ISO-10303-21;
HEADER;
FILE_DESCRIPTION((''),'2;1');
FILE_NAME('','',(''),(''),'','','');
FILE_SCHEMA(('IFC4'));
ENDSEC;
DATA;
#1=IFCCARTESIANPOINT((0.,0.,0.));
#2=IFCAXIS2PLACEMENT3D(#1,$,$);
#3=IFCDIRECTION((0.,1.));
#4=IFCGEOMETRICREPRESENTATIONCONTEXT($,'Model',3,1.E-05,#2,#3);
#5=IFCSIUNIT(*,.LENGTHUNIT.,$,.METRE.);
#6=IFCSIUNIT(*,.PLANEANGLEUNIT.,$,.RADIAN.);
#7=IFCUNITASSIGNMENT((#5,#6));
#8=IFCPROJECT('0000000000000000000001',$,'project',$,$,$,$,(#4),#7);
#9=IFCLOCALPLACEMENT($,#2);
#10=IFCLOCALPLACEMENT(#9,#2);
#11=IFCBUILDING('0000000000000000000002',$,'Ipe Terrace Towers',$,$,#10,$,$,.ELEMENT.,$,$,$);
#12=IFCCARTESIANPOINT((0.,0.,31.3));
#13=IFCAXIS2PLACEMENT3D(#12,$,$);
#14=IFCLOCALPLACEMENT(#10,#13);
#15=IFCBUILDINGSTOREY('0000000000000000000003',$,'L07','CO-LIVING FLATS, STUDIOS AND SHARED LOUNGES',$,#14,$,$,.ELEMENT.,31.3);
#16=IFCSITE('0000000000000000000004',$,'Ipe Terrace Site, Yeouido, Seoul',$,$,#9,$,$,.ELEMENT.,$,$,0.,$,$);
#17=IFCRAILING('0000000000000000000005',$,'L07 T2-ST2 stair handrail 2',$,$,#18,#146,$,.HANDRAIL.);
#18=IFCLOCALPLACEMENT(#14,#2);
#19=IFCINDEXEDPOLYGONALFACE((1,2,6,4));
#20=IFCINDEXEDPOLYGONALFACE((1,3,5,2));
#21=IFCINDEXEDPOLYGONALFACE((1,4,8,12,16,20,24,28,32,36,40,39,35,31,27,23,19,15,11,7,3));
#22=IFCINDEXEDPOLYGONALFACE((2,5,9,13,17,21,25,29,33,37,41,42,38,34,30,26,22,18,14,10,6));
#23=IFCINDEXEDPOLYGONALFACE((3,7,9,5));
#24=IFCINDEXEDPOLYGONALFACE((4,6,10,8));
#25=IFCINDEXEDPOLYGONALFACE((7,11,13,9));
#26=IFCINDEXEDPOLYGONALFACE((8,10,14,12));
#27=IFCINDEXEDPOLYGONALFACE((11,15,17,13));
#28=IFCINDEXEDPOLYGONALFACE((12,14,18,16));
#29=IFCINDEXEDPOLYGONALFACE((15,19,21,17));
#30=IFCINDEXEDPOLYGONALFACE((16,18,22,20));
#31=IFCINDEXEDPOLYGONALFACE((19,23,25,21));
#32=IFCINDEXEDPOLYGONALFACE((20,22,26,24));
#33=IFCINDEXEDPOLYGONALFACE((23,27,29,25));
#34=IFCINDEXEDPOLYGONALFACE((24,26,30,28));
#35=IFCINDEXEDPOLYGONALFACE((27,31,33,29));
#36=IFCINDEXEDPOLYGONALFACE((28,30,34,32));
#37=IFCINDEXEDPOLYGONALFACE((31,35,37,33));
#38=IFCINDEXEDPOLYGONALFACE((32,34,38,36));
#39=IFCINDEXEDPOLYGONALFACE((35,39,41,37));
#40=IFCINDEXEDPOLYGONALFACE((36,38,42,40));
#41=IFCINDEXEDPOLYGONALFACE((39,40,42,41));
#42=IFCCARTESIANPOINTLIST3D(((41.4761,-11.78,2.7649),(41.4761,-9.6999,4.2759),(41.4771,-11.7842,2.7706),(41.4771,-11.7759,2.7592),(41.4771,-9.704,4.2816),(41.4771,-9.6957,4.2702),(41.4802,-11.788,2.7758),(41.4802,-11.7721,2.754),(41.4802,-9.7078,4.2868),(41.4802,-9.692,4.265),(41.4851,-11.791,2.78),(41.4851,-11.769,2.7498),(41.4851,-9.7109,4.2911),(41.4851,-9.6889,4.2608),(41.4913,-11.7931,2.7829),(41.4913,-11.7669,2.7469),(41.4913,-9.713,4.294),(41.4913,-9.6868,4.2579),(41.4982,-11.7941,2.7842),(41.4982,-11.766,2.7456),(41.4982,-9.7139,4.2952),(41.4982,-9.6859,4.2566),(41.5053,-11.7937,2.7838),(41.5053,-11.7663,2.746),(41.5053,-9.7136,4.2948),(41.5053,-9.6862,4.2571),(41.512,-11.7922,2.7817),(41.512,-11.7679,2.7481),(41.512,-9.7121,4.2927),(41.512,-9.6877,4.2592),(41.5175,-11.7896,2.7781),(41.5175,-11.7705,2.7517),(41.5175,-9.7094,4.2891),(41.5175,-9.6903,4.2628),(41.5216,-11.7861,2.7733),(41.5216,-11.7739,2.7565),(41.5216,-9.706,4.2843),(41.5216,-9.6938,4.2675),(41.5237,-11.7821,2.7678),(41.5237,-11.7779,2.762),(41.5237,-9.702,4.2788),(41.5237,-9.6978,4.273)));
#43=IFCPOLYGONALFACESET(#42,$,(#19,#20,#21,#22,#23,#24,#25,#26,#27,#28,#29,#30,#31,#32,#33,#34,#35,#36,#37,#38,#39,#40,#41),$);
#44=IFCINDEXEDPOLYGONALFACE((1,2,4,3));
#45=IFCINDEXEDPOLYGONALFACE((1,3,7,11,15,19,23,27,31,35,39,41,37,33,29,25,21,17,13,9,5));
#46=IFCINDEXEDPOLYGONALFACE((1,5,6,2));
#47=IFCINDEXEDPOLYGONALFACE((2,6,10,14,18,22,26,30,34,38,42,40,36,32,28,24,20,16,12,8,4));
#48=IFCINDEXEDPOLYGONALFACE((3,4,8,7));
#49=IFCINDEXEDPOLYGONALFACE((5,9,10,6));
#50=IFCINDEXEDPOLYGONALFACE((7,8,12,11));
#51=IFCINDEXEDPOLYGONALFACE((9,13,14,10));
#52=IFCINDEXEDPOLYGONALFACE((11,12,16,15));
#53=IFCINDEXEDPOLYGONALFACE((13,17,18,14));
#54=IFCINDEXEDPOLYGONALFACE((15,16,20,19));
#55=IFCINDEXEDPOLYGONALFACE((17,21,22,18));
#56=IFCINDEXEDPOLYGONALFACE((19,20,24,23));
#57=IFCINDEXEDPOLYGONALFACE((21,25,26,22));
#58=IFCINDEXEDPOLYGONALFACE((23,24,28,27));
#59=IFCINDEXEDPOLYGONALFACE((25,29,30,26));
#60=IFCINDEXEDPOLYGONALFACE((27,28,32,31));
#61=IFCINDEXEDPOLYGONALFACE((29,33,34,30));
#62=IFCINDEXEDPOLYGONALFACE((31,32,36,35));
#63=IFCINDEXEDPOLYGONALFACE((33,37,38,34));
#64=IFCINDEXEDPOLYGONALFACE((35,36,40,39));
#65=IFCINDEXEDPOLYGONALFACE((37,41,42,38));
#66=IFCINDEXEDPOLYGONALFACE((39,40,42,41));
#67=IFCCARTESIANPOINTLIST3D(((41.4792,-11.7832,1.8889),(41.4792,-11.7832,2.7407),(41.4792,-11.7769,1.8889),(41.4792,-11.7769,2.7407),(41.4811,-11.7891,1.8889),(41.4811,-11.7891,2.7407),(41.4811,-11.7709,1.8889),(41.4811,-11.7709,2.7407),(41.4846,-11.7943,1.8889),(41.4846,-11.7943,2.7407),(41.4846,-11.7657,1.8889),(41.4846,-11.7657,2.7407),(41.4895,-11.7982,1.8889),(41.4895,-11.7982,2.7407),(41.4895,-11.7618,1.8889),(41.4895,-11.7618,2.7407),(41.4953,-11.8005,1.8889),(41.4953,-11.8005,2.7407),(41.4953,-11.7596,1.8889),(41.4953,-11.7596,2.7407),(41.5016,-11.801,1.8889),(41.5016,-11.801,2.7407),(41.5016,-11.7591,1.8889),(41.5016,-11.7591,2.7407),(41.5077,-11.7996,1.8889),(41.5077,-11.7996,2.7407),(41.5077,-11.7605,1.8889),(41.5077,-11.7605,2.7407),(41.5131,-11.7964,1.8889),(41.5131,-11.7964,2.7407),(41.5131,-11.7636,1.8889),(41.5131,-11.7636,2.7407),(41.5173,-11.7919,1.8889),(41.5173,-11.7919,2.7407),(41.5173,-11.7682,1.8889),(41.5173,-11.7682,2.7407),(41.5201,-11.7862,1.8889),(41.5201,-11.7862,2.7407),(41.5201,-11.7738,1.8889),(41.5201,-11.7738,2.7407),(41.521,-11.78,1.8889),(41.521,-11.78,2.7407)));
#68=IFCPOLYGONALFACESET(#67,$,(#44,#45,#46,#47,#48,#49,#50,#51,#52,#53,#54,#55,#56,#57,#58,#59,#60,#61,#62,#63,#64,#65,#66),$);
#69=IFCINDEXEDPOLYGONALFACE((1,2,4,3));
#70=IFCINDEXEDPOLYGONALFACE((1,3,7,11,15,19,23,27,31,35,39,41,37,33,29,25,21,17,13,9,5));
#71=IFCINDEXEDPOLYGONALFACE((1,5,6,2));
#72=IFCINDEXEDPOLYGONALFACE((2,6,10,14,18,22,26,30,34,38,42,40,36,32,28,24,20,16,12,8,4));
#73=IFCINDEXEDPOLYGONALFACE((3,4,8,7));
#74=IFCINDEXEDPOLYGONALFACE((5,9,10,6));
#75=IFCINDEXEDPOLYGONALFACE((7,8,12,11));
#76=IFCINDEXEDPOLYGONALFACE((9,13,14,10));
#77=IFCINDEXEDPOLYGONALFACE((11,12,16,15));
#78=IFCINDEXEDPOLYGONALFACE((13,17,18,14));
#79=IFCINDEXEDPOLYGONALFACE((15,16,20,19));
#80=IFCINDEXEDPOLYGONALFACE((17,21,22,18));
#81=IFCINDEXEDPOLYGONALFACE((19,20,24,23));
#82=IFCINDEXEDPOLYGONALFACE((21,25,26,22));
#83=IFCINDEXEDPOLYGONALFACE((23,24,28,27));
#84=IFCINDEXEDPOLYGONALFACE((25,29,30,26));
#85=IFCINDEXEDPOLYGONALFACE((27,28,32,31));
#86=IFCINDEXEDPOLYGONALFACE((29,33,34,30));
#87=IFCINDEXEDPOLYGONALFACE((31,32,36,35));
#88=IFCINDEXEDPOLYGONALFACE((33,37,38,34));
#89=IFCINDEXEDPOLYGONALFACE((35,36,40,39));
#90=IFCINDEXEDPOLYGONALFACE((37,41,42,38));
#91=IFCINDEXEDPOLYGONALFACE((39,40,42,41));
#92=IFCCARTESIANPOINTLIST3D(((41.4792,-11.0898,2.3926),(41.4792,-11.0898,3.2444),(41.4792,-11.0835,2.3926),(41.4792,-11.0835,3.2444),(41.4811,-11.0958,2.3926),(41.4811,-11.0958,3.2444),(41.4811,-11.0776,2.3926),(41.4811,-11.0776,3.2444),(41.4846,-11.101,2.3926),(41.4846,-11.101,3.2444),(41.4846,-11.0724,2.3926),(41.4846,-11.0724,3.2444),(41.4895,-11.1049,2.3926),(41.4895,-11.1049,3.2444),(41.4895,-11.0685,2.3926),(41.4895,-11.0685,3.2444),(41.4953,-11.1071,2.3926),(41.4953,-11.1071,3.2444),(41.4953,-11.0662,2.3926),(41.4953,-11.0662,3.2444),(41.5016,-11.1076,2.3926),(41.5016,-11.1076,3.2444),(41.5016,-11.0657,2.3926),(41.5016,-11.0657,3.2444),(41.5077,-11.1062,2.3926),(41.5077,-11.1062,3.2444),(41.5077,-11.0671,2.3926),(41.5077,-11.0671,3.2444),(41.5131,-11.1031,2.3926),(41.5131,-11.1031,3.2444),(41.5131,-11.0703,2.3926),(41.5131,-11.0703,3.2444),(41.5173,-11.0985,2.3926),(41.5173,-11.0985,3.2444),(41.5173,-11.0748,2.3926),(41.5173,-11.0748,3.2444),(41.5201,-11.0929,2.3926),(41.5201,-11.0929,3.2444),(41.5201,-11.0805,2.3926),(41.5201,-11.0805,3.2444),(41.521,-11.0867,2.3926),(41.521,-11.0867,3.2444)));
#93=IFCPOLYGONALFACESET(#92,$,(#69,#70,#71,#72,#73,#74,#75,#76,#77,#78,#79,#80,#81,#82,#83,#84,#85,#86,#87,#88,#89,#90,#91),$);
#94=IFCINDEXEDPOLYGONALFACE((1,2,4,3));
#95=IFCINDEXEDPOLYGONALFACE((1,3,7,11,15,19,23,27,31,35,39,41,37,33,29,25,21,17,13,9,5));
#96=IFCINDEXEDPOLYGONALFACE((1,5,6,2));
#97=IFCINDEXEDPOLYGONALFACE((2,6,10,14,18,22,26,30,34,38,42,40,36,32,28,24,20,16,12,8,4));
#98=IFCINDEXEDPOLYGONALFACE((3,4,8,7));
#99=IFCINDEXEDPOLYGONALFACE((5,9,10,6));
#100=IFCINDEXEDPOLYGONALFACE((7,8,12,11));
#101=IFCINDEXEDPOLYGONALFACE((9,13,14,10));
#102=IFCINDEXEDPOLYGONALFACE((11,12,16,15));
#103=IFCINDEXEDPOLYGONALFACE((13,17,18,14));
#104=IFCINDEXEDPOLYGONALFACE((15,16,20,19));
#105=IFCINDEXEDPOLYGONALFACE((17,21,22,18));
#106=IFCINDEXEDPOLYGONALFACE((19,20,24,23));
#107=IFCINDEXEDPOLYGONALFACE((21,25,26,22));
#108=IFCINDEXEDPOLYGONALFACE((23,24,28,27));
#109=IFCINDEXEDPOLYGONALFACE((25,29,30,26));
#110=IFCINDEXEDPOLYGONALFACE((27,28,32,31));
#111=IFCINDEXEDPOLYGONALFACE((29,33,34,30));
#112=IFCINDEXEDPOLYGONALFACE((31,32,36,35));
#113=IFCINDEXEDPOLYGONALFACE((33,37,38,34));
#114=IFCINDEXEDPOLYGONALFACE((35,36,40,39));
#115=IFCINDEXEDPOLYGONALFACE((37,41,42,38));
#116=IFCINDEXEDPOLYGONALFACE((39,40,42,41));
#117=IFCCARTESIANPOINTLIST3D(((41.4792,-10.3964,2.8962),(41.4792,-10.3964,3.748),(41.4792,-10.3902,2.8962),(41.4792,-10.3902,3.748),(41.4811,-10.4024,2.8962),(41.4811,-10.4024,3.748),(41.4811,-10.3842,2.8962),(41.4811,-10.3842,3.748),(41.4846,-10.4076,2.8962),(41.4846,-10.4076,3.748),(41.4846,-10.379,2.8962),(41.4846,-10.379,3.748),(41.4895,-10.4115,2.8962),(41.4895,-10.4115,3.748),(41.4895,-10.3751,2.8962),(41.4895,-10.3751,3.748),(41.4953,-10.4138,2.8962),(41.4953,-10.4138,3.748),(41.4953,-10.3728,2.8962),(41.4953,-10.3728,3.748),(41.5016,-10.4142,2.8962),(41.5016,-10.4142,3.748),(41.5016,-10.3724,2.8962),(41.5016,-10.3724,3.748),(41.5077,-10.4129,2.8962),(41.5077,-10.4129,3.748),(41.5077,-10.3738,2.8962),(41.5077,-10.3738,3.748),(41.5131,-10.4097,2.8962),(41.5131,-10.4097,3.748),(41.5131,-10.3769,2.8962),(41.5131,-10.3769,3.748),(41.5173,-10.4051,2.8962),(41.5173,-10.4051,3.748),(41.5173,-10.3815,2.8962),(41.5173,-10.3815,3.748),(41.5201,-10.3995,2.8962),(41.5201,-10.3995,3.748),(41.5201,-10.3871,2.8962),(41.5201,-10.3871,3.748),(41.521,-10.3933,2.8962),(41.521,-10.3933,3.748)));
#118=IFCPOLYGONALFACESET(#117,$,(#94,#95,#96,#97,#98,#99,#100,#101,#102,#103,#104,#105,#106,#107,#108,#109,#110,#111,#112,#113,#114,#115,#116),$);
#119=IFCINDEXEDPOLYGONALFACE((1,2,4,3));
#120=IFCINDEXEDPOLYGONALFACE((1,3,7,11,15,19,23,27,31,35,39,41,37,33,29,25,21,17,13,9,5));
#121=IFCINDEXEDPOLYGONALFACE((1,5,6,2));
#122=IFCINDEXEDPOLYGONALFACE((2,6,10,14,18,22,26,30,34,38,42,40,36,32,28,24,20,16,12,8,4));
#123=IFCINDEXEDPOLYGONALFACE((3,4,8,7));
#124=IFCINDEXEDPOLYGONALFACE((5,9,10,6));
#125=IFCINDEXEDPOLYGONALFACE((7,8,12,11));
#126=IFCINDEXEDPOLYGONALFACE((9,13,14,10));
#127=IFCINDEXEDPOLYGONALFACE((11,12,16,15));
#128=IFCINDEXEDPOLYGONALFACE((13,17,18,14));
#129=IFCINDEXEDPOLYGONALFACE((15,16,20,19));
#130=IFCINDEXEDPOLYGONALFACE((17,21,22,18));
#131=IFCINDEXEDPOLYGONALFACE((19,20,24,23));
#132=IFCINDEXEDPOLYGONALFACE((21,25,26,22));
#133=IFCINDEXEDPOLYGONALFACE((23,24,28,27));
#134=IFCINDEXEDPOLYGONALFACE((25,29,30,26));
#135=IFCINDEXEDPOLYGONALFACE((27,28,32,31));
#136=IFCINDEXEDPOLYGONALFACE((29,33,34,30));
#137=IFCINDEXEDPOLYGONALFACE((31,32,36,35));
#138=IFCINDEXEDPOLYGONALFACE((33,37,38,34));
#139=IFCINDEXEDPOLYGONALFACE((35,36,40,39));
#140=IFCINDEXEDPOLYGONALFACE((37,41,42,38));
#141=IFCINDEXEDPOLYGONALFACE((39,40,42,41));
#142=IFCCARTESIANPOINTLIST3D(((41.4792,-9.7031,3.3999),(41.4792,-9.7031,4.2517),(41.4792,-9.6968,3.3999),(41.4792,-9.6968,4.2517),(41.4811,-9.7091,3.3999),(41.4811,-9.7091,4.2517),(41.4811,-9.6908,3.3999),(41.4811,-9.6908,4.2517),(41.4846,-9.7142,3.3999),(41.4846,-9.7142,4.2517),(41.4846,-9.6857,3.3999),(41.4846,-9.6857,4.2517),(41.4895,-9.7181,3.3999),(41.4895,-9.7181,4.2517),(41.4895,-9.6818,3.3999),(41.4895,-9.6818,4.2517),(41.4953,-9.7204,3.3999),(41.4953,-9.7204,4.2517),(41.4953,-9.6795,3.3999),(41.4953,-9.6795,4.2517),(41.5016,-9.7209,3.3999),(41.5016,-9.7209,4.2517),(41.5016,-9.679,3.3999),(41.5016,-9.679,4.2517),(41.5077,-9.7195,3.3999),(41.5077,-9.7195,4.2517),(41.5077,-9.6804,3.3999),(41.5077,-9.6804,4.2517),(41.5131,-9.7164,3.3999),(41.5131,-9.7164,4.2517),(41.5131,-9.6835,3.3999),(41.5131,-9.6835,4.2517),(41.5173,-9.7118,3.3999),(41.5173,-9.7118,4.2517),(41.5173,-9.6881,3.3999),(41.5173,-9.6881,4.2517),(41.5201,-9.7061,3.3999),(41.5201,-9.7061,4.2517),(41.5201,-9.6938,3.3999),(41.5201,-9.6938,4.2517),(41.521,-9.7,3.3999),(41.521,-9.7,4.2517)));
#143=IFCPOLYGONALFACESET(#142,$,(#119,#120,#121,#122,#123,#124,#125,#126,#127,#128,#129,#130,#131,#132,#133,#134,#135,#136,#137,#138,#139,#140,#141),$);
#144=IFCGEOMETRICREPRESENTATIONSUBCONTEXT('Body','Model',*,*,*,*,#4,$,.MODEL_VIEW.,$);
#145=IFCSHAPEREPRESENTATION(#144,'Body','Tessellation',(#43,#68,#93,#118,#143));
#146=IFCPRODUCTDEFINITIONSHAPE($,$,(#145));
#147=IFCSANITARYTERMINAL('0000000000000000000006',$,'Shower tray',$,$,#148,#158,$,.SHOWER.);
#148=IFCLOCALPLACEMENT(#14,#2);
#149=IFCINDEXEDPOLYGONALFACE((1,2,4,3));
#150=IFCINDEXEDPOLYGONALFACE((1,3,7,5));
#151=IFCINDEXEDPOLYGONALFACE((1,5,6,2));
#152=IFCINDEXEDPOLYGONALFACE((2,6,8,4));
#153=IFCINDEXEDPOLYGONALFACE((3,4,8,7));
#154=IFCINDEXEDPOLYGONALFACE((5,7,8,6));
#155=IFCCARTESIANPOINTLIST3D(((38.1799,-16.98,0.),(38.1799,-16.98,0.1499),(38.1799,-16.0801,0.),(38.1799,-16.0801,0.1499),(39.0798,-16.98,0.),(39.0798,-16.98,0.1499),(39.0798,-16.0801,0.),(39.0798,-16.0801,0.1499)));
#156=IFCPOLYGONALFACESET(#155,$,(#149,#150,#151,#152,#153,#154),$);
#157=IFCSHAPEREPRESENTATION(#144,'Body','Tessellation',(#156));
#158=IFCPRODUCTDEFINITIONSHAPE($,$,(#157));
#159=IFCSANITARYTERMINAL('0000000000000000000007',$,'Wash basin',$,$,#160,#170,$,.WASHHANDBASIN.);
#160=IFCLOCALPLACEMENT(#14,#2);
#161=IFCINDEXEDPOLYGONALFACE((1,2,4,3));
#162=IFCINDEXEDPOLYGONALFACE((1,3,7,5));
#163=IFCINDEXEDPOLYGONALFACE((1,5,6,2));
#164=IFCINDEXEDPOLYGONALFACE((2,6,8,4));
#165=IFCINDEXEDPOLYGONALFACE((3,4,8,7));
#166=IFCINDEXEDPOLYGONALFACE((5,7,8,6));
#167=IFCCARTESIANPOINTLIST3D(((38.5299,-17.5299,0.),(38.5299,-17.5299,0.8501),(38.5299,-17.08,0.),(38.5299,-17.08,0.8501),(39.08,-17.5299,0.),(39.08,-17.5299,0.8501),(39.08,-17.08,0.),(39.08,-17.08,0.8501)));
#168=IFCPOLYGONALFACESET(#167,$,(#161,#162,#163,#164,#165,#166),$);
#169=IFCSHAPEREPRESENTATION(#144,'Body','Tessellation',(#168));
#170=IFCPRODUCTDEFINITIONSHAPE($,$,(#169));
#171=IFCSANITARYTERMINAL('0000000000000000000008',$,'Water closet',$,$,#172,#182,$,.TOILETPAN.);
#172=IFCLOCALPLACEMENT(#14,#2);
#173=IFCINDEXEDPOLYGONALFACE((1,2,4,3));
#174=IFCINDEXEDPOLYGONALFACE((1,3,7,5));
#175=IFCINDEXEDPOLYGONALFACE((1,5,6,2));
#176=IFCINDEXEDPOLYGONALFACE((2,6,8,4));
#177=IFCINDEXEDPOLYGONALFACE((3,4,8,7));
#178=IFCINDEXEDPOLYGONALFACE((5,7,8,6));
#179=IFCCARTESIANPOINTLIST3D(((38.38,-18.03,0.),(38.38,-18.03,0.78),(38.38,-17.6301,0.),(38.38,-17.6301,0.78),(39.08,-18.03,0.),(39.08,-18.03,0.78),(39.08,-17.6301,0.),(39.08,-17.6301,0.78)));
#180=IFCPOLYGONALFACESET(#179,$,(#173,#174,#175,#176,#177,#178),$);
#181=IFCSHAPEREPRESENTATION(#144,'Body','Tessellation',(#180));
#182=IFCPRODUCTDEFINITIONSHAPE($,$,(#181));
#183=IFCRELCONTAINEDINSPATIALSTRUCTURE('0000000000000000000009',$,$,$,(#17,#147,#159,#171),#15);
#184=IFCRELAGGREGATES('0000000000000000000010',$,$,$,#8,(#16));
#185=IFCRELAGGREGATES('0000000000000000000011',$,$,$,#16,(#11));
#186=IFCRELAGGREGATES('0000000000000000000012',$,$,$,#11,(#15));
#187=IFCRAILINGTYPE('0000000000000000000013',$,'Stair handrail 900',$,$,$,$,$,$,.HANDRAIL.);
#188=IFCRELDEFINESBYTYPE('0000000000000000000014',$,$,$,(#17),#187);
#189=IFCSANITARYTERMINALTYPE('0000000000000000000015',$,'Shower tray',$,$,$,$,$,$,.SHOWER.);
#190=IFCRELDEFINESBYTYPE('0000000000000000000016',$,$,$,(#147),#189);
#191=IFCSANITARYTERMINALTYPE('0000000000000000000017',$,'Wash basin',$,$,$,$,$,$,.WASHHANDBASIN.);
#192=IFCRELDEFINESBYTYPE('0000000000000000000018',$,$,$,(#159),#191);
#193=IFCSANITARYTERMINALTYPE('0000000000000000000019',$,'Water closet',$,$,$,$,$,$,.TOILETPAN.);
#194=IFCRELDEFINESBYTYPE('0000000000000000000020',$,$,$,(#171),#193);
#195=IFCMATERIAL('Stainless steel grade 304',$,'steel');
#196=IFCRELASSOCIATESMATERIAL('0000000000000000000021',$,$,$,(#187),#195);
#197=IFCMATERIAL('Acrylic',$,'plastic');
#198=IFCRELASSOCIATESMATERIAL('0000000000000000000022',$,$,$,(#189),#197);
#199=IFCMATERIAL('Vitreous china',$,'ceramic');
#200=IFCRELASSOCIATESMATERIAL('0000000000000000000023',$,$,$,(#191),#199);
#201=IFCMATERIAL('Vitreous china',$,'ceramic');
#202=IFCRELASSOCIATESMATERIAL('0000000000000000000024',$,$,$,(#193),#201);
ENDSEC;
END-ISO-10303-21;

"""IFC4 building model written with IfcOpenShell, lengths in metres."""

from ifc_helpers import new_model, si_unit, direction, frame, origin, origin_2d, place, context, subcontext, project, spatial, rectangle, circle, extrude, material, type_object, element, save


model = new_model("IFC4")

# Units and contexts
model_context = context("Model", 3, precision=1e-05, world=origin(), true_north=direction((0.0, 1.0)))
body_context = subcontext(model_context, "Body", "Model", "MODEL_VIEW")
ifc_project = project(units=[si_unit("LENGTHUNIT", "METRE"), si_unit("PLANEANGLEUNIT", "RADIAN")], contexts=[model_context])

# Site, building, storey
site_placement = place(None, origin())
site = spatial("IfcSite", under=ifc_project, at=site_placement, Name="Ipe Terrace Site, Yeouido, Seoul", CompositionType="ELEMENT", RefElevation=0.0)
building_placement = place(site_placement, origin())
building = spatial("IfcBuilding", under=site, at=building_placement, Name="Ipe Terrace Towers", CompositionType="ELEMENT")
storey_placement = place(building_placement, frame((0.0, 0.0, 31.3)))
storey = spatial("IfcBuildingStorey", under=building, at=storey_placement, Name="L07", Description="CO-LIVING FLATS, STUDIOS AND SHARED LOUNGES", CompositionType="ELEMENT", Elevation=31.3)

# Railing
ifc_material_1 = material(Name="Stainless steel grade 304", Category="steel")
railing_type_1 = type_object("IfcRailingType", Name="Stair handrail 900", PredefinedType="HANDRAIL", material=ifc_material_1)
railing_1_placement = place(storey_placement, frame((41.5, -11.78, 1.8889)))
element("IfcRailing", 1, at=railing_1_placement, inside=storey, type_object=railing_type_1, Name="L07 T2-ST2 stair handrail 2", PredefinedType="HANDRAIL", context=body_context, shape_type="SweptSolid", body=[
    extrude(circle(Radius=0.0239, at=origin_2d()), frame((0.0, 0.0, 0.876), z_axis=(0.0, 0.809069, 0.587714), x_axis=(-1.0, 0.0, 0.0)), (0.0, 0.0, 1.0), 2.571),
    extrude(circle(Radius=0.021, at=origin_2d()), origin(), (0.0, 0.0, 1.0), 0.8518),
    extrude(circle(Radius=0.021, at=origin_2d()), frame((0.0, 0.6934, 0.5037)), (0.0, 0.0, 1.0), 0.8518),
    extrude(circle(Radius=0.021, at=origin_2d()), frame((0.0, 1.3867, 1.0073)), (0.0, 0.0, 1.0), 0.8518),
    extrude(circle(Radius=0.021, at=origin_2d()), frame((0.0, 2.0801, 1.511)), (0.0, 0.0, 1.0), 0.8518),
])

# Sanitary terminals
ifc_material_2 = material(Name="Acrylic", Category="plastic")
sanitary_terminal_type_1 = type_object("IfcSanitaryTerminalType", Name="Shower tray", PredefinedType="SHOWER", material=ifc_material_2)
sanitary_terminal_1_placement = place(storey_placement, frame((38.6299, -16.53, 0.0), z_axis=(0.0, 0.0, 1.0), x_axis=(-1.0, 0.0, 0.0)))
element("IfcSanitaryTerminal", 2, at=sanitary_terminal_1_placement, inside=storey, type_object=sanitary_terminal_type_1, Name="Shower tray", PredefinedType="SHOWER", context=body_context, shape_type="SweptSolid", body=[
    extrude(rectangle(XDim=0.8999, YDim=0.8999, at=origin_2d()), origin(), (0.0, 0.0, 1.0), 0.1499),
])
ifc_material_3 = material(Name="Vitreous china", Category="ceramic")
sanitary_terminal_type_2 = type_object("IfcSanitaryTerminalType", Name="Wash basin", PredefinedType="WASHHANDBASIN", material=ifc_material_3)
sanitary_terminal_2_placement = place(storey_placement, frame((38.8049, -17.3049, 0.0), z_axis=(0.0, 0.0, 1.0), x_axis=(-1.0, 0.0, 0.0)))
element("IfcSanitaryTerminal", 3, at=sanitary_terminal_2_placement, inside=storey, type_object=sanitary_terminal_type_2, Name="Wash basin", PredefinedType="WASHHANDBASIN", context=body_context, shape_type="SweptSolid", body=[
    extrude(rectangle(XDim=0.55, YDim=0.45, at=origin_2d()), origin(), (0.0, 0.0, 1.0), 0.8501),
])
ifc_material_4 = material(Name="Vitreous china", Category="ceramic")
sanitary_terminal_type_3 = type_object("IfcSanitaryTerminalType", Name="Water closet", PredefinedType="TOILETPAN", material=ifc_material_4)
sanitary_terminal_3_placement = place(storey_placement, frame((38.73, -17.8301, 0.0), z_axis=(0.0, 0.0, 1.0), x_axis=(-1.0, 0.0, 0.0)))
element("IfcSanitaryTerminal", 4, at=sanitary_terminal_3_placement, inside=storey, type_object=sanitary_terminal_type_3, Name="Water closet", PredefinedType="TOILETPAN", context=body_context, shape_type="SweptSolid", body=[
    extrude(rectangle(XDim=0.7, YDim=0.3999, at=origin_2d()), origin(), (0.0, 0.0, 1.0), 0.78),
])

save(model, "model.ifc")
